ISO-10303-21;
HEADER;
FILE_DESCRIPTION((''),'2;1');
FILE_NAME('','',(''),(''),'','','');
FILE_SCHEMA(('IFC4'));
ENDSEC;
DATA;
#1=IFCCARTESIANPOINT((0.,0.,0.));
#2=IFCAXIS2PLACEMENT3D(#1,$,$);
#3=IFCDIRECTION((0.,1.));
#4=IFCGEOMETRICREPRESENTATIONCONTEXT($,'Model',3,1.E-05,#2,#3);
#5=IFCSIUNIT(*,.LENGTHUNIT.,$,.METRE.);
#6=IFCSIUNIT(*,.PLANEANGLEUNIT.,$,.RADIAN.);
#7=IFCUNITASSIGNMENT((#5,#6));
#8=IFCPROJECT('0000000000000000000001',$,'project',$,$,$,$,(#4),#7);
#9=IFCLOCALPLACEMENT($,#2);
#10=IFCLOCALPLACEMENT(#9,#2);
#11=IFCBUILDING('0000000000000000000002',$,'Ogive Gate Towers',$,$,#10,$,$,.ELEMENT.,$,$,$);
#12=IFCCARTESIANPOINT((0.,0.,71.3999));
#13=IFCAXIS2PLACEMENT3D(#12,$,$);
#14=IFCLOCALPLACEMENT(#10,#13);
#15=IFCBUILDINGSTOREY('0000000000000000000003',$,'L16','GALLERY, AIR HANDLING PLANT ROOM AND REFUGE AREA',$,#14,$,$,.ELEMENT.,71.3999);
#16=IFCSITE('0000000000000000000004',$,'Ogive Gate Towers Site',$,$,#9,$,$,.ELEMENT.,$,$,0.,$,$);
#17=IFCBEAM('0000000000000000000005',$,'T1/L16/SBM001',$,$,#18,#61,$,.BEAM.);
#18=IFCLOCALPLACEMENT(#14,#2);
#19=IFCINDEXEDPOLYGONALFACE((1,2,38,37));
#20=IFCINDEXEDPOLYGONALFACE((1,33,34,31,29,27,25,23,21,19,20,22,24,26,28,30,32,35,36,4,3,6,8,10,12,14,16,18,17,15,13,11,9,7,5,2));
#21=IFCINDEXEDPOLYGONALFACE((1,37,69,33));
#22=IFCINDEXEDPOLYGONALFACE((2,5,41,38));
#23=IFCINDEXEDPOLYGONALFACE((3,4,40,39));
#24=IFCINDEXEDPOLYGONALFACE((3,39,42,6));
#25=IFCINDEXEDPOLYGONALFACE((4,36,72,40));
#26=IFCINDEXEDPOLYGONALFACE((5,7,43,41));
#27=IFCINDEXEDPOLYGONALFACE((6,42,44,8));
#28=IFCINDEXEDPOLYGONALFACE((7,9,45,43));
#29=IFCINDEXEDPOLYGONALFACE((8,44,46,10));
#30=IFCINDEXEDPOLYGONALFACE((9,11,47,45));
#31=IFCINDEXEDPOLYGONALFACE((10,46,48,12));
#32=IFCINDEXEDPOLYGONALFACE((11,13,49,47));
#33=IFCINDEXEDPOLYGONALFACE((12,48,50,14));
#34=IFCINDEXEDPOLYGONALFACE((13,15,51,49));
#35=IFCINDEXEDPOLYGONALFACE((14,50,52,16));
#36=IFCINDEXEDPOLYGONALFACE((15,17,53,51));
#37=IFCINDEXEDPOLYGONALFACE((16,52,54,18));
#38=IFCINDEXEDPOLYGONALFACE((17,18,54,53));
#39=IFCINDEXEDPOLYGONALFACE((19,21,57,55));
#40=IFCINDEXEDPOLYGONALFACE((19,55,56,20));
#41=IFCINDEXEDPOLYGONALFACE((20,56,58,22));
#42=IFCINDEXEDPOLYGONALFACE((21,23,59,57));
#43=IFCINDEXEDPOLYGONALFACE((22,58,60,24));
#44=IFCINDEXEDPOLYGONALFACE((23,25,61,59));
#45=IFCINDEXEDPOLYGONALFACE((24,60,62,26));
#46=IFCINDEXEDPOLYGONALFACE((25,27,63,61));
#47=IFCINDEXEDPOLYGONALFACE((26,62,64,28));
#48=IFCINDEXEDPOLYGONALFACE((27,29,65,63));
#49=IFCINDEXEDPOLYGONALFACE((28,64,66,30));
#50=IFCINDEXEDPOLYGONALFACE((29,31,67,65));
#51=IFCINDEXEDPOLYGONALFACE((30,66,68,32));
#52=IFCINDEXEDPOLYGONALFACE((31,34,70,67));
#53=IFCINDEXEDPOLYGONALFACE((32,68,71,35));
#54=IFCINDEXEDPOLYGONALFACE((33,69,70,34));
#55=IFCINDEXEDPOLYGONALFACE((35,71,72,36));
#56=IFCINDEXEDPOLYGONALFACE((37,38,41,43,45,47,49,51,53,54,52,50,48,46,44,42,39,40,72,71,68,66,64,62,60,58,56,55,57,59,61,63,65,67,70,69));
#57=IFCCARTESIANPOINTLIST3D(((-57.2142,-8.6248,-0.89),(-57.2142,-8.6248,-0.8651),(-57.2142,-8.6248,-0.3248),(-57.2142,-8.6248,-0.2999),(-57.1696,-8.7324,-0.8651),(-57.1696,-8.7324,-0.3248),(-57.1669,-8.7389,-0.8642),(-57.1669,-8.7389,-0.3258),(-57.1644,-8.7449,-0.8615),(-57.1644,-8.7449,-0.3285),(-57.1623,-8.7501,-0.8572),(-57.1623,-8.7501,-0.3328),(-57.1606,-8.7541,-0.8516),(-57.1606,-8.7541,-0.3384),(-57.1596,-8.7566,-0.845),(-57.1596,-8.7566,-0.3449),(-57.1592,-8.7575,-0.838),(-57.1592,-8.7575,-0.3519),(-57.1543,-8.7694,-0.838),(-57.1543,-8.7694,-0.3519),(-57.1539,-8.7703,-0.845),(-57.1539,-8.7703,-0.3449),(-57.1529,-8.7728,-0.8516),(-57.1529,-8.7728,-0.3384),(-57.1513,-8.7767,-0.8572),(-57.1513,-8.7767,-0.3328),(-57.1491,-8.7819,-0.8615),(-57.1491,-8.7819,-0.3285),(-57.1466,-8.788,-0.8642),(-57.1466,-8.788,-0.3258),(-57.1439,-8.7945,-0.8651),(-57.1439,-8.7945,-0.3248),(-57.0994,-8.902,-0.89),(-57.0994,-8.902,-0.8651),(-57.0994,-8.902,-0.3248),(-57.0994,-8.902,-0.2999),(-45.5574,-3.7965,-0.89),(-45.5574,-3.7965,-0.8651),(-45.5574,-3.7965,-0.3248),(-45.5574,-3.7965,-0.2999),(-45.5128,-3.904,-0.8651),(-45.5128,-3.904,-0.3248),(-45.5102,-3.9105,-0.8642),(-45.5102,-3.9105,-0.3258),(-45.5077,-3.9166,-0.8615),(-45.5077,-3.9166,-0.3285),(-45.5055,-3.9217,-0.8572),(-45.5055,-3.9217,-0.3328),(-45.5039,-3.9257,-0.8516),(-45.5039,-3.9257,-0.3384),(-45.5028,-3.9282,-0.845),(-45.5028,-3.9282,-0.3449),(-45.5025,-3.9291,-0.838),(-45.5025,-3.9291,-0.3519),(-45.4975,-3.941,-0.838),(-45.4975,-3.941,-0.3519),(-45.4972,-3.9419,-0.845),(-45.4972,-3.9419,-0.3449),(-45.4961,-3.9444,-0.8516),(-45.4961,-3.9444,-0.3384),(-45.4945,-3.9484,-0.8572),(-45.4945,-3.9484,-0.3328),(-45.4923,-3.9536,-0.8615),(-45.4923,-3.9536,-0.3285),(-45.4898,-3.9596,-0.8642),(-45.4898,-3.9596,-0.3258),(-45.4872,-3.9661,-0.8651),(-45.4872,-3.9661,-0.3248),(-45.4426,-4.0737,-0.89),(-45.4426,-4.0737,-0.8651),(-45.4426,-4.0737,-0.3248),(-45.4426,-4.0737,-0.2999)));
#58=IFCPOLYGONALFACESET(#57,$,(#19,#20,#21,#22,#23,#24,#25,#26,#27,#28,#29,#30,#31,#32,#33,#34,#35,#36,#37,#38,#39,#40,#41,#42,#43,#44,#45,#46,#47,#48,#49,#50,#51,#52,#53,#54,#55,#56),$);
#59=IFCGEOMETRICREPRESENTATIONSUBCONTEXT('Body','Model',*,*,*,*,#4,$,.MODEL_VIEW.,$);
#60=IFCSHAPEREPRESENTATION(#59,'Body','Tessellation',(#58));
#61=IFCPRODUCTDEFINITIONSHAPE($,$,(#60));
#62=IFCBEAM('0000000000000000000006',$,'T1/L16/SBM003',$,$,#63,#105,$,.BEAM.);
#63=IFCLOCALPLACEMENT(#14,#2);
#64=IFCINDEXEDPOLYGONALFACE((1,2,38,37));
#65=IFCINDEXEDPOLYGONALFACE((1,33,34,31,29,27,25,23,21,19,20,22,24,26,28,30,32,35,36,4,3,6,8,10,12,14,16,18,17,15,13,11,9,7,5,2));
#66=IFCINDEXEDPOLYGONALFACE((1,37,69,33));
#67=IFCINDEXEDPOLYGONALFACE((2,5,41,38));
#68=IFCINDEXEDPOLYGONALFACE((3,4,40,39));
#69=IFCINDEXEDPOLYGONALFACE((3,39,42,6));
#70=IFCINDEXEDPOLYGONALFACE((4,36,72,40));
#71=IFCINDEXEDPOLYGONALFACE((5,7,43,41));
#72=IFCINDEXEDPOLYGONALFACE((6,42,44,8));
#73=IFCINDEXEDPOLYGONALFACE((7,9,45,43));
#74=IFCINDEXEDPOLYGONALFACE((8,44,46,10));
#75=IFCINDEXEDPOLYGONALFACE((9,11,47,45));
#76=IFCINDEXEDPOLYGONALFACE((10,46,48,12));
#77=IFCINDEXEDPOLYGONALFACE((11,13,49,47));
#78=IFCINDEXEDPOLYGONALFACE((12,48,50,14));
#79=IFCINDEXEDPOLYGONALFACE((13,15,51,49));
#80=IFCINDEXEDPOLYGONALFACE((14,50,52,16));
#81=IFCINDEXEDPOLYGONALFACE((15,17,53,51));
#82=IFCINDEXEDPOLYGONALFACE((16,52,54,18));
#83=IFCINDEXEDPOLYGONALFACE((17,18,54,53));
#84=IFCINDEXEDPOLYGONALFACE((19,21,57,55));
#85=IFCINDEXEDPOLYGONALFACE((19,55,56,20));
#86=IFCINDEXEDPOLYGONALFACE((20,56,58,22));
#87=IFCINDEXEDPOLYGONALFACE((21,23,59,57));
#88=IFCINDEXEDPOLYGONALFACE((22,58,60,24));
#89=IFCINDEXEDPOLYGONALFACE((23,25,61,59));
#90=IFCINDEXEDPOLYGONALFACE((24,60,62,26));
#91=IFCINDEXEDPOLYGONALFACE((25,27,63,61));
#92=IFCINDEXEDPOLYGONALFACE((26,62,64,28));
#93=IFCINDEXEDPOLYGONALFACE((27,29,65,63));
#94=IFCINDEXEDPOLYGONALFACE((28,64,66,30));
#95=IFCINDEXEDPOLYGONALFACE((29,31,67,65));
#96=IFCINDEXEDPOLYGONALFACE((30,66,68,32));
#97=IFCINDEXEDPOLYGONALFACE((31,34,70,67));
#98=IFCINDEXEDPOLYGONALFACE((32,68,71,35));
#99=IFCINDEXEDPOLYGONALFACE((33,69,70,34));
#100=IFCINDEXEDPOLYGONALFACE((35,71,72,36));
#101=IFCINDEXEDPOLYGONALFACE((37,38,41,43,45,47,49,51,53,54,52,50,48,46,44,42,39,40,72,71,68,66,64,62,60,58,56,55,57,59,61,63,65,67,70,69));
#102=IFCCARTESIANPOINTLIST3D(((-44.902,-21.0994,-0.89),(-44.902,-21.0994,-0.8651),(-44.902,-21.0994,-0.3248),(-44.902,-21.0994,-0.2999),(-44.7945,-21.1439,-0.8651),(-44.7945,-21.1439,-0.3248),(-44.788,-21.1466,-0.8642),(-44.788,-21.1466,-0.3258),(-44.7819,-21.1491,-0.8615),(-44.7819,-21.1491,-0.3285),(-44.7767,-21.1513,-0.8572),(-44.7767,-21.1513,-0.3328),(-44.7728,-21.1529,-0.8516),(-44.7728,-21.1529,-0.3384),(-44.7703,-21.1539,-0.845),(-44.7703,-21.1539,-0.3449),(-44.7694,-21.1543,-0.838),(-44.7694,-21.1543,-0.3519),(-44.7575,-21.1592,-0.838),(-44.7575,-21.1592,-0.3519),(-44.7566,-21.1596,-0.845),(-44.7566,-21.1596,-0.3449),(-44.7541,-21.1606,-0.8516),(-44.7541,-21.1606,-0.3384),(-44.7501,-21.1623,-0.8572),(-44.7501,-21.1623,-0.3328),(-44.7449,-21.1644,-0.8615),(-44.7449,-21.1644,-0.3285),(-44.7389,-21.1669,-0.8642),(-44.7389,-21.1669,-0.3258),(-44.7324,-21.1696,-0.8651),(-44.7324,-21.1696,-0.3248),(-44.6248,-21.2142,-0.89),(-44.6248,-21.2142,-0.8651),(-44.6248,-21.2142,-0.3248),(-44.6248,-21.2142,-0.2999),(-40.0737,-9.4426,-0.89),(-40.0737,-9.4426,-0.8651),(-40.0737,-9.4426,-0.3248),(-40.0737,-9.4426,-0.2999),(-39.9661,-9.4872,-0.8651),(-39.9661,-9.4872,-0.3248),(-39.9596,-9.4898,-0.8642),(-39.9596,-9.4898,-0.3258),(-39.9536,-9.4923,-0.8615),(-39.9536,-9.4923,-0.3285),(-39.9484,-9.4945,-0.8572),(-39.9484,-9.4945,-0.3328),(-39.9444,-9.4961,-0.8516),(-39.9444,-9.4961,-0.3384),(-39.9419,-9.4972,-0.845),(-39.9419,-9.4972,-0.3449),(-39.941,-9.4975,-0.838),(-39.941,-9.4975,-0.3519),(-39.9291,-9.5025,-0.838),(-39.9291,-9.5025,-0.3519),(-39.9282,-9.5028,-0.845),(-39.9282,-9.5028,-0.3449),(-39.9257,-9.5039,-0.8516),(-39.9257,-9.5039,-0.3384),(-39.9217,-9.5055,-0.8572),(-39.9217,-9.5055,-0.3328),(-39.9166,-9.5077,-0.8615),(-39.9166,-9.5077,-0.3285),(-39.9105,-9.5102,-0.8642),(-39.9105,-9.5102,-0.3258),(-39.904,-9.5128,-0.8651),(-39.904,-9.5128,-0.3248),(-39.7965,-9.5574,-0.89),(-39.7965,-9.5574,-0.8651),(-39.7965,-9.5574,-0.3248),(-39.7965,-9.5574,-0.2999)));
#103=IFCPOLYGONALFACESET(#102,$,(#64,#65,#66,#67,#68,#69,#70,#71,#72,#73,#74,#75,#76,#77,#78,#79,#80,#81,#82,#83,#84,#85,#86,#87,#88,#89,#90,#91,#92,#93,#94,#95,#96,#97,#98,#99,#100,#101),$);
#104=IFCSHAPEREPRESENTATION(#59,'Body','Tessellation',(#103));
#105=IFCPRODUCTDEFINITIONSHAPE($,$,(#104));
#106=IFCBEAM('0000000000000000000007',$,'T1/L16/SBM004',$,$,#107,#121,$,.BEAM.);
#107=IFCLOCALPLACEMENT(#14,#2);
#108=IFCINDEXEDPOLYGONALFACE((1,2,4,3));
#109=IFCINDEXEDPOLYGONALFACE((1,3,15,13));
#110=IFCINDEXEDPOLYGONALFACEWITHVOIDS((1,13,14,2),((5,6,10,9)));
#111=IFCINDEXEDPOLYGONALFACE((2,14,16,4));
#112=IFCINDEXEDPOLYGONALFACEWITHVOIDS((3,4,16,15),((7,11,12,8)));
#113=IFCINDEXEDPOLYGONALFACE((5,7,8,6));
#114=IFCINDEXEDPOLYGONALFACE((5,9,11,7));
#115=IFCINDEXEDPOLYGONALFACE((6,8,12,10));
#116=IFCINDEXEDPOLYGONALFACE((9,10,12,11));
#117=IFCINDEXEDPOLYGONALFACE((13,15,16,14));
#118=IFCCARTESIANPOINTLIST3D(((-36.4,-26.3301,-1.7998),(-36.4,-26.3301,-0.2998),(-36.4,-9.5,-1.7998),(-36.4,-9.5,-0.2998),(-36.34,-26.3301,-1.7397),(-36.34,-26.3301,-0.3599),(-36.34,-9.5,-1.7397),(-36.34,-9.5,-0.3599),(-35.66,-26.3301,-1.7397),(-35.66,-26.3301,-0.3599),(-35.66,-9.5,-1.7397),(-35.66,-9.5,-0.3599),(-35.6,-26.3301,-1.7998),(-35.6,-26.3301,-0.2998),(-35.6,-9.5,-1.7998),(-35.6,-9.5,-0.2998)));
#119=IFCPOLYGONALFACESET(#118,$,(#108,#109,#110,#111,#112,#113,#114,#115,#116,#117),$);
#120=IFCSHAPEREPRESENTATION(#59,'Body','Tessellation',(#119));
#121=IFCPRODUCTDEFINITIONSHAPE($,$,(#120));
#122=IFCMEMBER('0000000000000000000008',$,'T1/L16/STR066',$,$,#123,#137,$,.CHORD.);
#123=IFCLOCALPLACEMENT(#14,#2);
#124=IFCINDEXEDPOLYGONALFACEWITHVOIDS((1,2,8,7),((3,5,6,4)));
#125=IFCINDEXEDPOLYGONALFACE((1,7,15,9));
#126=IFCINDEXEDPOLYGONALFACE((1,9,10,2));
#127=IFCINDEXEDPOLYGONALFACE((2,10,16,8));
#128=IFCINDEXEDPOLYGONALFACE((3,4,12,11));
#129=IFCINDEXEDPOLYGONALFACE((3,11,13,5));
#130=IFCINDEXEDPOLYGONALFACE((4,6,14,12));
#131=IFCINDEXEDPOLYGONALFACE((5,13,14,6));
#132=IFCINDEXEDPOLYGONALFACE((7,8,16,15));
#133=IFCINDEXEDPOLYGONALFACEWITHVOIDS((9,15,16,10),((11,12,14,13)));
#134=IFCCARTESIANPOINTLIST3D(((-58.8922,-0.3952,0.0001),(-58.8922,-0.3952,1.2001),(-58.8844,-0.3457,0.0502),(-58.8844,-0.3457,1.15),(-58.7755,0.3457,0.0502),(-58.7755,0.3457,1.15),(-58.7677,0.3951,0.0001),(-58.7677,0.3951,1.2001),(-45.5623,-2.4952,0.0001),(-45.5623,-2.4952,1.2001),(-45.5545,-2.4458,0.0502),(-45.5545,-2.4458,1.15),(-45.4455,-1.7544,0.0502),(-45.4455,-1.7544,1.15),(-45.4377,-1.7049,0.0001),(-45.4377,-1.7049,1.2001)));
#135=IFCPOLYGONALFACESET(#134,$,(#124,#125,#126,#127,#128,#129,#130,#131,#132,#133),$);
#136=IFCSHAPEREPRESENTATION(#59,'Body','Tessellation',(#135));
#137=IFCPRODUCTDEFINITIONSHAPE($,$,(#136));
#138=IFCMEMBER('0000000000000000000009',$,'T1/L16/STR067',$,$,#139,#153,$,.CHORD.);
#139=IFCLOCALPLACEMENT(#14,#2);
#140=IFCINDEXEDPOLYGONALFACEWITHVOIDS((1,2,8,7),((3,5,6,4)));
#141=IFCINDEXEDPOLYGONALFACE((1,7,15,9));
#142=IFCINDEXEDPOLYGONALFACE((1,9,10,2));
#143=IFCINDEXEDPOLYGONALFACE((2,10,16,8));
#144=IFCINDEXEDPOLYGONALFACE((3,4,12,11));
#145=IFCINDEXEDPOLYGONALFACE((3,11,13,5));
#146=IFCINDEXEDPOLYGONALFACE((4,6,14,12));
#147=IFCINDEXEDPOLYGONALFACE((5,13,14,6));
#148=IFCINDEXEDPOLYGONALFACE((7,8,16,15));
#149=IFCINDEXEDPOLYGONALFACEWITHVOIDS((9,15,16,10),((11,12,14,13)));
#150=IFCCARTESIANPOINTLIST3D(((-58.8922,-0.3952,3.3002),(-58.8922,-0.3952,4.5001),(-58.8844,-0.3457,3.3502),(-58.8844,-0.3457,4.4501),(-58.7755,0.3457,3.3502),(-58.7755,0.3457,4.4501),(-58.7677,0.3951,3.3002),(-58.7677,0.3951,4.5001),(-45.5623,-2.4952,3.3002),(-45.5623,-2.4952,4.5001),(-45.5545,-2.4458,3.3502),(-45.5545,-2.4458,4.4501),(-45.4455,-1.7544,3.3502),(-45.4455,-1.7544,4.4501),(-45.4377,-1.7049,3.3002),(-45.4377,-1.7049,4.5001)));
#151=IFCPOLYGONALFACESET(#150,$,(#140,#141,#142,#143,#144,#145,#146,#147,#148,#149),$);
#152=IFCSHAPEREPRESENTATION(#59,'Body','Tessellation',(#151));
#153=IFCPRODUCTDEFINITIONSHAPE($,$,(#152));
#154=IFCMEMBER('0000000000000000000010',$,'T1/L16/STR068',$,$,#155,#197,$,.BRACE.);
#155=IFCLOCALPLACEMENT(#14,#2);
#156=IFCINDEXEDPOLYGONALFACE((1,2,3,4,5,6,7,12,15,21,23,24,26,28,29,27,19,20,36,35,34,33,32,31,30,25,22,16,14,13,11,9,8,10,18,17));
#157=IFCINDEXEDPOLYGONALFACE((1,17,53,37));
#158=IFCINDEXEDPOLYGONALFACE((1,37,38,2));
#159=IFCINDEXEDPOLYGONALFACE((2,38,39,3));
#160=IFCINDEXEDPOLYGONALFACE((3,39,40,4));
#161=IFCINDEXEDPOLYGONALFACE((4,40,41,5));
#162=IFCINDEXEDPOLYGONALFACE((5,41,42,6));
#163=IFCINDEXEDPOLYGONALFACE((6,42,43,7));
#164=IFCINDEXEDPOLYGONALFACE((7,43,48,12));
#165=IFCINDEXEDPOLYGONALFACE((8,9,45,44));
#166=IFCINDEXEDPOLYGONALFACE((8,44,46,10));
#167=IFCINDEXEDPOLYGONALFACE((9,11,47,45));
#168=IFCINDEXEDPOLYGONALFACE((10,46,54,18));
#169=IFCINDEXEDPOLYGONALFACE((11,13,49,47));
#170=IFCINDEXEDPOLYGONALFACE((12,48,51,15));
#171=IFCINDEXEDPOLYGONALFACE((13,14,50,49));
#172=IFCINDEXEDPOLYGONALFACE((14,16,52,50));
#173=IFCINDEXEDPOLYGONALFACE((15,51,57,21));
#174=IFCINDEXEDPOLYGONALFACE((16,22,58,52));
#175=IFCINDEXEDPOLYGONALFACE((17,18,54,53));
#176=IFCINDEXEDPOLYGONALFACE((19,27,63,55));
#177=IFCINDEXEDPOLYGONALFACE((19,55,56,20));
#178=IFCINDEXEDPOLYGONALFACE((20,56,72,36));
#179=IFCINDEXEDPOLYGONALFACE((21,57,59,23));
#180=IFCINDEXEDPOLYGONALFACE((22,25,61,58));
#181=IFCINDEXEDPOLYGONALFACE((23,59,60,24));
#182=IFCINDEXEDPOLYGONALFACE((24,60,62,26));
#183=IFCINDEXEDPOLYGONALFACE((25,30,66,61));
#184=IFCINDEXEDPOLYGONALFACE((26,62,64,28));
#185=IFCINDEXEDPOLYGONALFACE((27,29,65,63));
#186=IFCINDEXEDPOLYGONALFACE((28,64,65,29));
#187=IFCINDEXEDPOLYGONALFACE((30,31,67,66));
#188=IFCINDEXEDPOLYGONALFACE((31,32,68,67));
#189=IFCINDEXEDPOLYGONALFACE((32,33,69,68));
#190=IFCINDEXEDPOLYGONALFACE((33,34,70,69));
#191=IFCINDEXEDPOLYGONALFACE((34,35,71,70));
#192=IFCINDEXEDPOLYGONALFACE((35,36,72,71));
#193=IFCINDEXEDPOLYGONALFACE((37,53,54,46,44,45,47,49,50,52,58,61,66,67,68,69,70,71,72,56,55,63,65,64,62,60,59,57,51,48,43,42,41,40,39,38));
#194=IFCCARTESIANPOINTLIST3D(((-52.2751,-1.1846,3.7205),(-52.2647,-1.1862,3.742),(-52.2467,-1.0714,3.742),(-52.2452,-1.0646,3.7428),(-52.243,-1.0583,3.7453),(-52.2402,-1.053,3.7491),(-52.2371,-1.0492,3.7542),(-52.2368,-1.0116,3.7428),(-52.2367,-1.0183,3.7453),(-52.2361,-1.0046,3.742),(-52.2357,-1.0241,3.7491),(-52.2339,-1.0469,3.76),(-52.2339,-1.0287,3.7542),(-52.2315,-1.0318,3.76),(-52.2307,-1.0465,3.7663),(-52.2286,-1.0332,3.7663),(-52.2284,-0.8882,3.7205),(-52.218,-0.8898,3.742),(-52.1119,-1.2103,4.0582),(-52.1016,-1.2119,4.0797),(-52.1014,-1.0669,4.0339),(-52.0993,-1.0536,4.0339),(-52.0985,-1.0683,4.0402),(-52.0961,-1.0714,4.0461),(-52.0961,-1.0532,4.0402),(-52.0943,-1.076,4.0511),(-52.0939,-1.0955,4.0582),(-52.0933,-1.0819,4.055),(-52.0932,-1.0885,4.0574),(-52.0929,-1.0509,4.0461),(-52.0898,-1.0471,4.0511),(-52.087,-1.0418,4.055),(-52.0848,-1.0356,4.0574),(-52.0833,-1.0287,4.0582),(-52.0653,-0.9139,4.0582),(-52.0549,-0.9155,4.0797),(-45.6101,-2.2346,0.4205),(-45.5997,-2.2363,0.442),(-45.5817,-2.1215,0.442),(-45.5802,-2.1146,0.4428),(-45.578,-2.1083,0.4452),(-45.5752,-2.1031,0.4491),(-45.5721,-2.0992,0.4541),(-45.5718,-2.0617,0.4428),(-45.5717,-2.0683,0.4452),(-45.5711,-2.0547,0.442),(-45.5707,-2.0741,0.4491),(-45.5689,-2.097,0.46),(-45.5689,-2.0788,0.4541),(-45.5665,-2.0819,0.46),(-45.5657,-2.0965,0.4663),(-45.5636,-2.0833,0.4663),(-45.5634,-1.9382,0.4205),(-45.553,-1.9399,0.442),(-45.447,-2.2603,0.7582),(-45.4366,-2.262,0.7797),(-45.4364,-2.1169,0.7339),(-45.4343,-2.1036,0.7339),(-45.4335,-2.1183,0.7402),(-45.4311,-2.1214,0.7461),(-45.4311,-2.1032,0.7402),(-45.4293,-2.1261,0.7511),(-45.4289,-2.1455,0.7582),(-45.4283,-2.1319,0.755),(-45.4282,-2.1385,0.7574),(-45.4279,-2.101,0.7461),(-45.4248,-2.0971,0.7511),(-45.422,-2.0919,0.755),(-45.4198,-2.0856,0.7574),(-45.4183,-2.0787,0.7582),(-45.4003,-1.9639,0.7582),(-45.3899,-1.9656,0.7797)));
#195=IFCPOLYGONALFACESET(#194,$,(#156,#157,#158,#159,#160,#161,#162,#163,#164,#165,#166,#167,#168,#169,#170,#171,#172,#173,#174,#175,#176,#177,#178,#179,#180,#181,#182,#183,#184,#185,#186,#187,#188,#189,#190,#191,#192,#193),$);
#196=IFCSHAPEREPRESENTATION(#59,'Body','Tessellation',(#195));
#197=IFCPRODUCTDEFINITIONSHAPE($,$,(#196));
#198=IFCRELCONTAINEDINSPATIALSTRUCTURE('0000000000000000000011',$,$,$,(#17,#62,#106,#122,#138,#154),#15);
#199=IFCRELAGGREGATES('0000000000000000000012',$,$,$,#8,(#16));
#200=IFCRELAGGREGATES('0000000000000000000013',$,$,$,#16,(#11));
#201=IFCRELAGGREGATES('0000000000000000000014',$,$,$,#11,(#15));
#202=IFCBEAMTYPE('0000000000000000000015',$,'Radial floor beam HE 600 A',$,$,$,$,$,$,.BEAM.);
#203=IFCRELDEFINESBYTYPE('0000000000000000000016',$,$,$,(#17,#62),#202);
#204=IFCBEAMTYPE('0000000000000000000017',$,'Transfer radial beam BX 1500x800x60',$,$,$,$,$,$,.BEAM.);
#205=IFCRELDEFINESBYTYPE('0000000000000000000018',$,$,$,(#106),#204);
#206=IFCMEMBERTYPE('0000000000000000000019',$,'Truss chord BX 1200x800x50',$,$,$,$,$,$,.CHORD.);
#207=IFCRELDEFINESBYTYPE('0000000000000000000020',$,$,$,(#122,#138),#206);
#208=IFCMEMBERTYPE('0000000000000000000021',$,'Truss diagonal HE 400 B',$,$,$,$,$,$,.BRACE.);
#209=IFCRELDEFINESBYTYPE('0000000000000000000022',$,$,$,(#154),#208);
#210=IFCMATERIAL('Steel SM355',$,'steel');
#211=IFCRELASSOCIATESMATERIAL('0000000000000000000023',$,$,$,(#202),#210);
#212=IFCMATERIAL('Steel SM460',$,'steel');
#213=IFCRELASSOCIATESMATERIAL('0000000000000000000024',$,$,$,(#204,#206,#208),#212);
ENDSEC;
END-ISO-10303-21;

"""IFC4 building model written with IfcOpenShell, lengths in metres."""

from ifc_helpers import new_model, si_unit, direction, frame, origin, origin_2d, place, context, subcontext, project, spatial, hollow_rectangle, i_section, extrude, material, material_profile, profile_set, type_object, element, save


model = new_model("IFC4")

# Units and contexts
model_context = context("Model", 3, precision=1e-05, world=origin(), true_north=direction((0.0, 1.0)))
body_context = subcontext(model_context, "Body", "Model", "MODEL_VIEW")
ifc_project = project(units=[si_unit("LENGTHUNIT", "METRE"), si_unit("PLANEANGLEUNIT", "RADIAN")], contexts=[model_context])

# Site, building, storey
site_placement = place(None, origin())
site = spatial("IfcSite", under=ifc_project, at=site_placement, Name="Ogive Gate Towers Site", CompositionType="ELEMENT", RefElevation=0.0)
building_placement = place(site_placement, origin())
building = spatial("IfcBuilding", under=site, at=building_placement, Name="Ogive Gate Towers", CompositionType="ELEMENT")
storey_placement = place(building_placement, frame((0.0, 0.0, 71.3999)))
storey = spatial("IfcBuildingStorey", under=building, at=storey_placement, Name="L16", Description="GALLERY, AIR HANDLING PLANT ROOM AND REFUGE AREA", CompositionType="ELEMENT", Elevation=71.3999)

# Beams
ifc_material_1 = material(Name="Steel SM355", Category="steel")
ifc_material_profile_1 = material_profile(ifc_material_1, i_section(OverallWidth=0.3, OverallDepth=0.5901, WebThickness=0.0129, FlangeThickness=0.0249, FilletRadius=0.0271, at=origin_2d()), Name="HE 600 A")
ifc_profile_set_1 = profile_set([ifc_material_profile_1], Name="Steel SM355")
beam_type_1 = type_object("IfcBeamType", Name="Radial floor beam HE 600 A", PredefinedType="BEAM", material=ifc_profile_set_1)
for number, where, z_axis, x_axis, name in (
    (1, (-45.5, -3.9351, -0.595), (-0.92388, -0.382683, 0.0), (0.382683, -0.92388, 0.0), "T1/L16/SBM001"),
    (2, (-39.9351, -9.5, -0.595), (-0.382683, -0.92388, 0.0), (0.92388, -0.382683, 0.0), "T1/L16/SBM003"),
):
    element("IfcBeam", number, at=place(storey_placement, frame(where, z_axis=z_axis, x_axis=x_axis)), inside=storey, type_object=beam_type_1, Name=name, PredefinedType="BEAM", context=body_context, shape_type="SweptSolid", body=[
        extrude(i_section(OverallWidth=0.3, OverallDepth=0.5901, WebThickness=0.0129, FlangeThickness=0.0249, FilletRadius=0.0271, at=origin_2d()), origin(), (0.0, 0.0, 1.0), 12.6172),
    ])
ifc_material_2 = material(Name="Steel SM460", Category="steel")
ifc_material_profile_2 = material_profile(ifc_material_2, hollow_rectangle(XDim=0.8, YDim=1.5, WallThickness=0.0601, at=origin_2d()), Name="BX 1500x800x60")
ifc_profile_set_2 = profile_set([ifc_material_profile_2], Name="Steel SM460")
beam_type_2 = type_object("IfcBeamType", Name="Transfer radial beam BX 1500x800x60", PredefinedType="BEAM", material=ifc_profile_set_2)
beam_placement = place(storey_placement, frame((-36.0, -9.5, -1.0498), z_axis=(0.0, -1.0, 0.0), x_axis=(1.0, 0.0, 0.0)))
element("IfcBeam", 3, at=beam_placement, inside=storey, type_object=beam_type_2, Name="T1/L16/SBM004", PredefinedType="BEAM", context=body_context, shape_type="SweptSolid", body=[
    extrude(hollow_rectangle(XDim=0.8, YDim=1.5, WallThickness=0.0601, at=origin_2d()), origin(), (0.0, 0.0, 1.0), 16.8301),
])

# Members
ifc_material_profile_3 = material_profile(ifc_material_2, hollow_rectangle(XDim=0.8, YDim=1.2, WallThickness=0.05, at=origin_2d()), Name="BX 1200x800x50")
ifc_profile_set_3 = profile_set([ifc_material_profile_3], Name="Steel SM460")
member_type_1 = type_object("IfcMemberType", Name="Truss chord BX 1200x800x50", PredefinedType="CHORD", material=ifc_profile_set_3)
for number, where, z_axis, x_axis, name in (
    (4, (-45.5, -2.1001, 0.6001), (-0.987816, 0.155626, 0.0), (-0.155626, -0.987816, 0.0), "T1/L16/STR066"),
    (5, (-45.5, -2.1001, 3.9001), (-0.987816, 0.155626, 0.0), (-0.155626, -0.987816, 0.0), "T1/L16/STR067"),
):
    element("IfcMember", number, at=place(storey_placement, frame(where, z_axis=z_axis, x_axis=x_axis)), inside=storey, type_object=member_type_1, Name=name, PredefinedType="CHORD", context=body_context, shape_type="SweptSolid", body=[
        extrude(hollow_rectangle(XDim=0.8, YDim=1.2, WallThickness=0.05, at=origin_2d()), origin(), (0.0, 0.0, 1.0), 13.4944),
    ])
ifc_material_profile_4 = material_profile(ifc_material_2, i_section(OverallWidth=0.3, OverallDepth=0.3999, WebThickness=0.0134, FlangeThickness=0.0239, FilletRadius=0.0271, at=origin_2d()), Name="HE 400 B")
ifc_profile_set_4 = profile_set([ifc_material_profile_4], Name="Steel SM460")
member_type_2 = type_object("IfcMemberType", Name="Truss diagonal HE 400 B", PredefinedType="BRACE", material=ifc_profile_set_4)
member_1_placement = place(storey_placement, frame((-45.5, -2.1001, 0.6001), z_axis=(-0.887366, 0.139801, 0.43936), x_axis=(-0.155626, -0.987816, 0.0)))
element("IfcMember", 6, at=member_1_placement, inside=storey, type_object=member_type_2, Name="T1/L16/STR068", PredefinedType="BRACE", context=body_context, shape_type="SweptSolid", body=[
    extrude(i_section(OverallWidth=0.3, OverallDepth=0.3999, WebThickness=0.0134, FlangeThickness=0.0239, FilletRadius=0.0271, at=origin_2d()), origin(), (0.0, 0.0, 1.0), 7.511),
])

save(model, "model.ifc")
